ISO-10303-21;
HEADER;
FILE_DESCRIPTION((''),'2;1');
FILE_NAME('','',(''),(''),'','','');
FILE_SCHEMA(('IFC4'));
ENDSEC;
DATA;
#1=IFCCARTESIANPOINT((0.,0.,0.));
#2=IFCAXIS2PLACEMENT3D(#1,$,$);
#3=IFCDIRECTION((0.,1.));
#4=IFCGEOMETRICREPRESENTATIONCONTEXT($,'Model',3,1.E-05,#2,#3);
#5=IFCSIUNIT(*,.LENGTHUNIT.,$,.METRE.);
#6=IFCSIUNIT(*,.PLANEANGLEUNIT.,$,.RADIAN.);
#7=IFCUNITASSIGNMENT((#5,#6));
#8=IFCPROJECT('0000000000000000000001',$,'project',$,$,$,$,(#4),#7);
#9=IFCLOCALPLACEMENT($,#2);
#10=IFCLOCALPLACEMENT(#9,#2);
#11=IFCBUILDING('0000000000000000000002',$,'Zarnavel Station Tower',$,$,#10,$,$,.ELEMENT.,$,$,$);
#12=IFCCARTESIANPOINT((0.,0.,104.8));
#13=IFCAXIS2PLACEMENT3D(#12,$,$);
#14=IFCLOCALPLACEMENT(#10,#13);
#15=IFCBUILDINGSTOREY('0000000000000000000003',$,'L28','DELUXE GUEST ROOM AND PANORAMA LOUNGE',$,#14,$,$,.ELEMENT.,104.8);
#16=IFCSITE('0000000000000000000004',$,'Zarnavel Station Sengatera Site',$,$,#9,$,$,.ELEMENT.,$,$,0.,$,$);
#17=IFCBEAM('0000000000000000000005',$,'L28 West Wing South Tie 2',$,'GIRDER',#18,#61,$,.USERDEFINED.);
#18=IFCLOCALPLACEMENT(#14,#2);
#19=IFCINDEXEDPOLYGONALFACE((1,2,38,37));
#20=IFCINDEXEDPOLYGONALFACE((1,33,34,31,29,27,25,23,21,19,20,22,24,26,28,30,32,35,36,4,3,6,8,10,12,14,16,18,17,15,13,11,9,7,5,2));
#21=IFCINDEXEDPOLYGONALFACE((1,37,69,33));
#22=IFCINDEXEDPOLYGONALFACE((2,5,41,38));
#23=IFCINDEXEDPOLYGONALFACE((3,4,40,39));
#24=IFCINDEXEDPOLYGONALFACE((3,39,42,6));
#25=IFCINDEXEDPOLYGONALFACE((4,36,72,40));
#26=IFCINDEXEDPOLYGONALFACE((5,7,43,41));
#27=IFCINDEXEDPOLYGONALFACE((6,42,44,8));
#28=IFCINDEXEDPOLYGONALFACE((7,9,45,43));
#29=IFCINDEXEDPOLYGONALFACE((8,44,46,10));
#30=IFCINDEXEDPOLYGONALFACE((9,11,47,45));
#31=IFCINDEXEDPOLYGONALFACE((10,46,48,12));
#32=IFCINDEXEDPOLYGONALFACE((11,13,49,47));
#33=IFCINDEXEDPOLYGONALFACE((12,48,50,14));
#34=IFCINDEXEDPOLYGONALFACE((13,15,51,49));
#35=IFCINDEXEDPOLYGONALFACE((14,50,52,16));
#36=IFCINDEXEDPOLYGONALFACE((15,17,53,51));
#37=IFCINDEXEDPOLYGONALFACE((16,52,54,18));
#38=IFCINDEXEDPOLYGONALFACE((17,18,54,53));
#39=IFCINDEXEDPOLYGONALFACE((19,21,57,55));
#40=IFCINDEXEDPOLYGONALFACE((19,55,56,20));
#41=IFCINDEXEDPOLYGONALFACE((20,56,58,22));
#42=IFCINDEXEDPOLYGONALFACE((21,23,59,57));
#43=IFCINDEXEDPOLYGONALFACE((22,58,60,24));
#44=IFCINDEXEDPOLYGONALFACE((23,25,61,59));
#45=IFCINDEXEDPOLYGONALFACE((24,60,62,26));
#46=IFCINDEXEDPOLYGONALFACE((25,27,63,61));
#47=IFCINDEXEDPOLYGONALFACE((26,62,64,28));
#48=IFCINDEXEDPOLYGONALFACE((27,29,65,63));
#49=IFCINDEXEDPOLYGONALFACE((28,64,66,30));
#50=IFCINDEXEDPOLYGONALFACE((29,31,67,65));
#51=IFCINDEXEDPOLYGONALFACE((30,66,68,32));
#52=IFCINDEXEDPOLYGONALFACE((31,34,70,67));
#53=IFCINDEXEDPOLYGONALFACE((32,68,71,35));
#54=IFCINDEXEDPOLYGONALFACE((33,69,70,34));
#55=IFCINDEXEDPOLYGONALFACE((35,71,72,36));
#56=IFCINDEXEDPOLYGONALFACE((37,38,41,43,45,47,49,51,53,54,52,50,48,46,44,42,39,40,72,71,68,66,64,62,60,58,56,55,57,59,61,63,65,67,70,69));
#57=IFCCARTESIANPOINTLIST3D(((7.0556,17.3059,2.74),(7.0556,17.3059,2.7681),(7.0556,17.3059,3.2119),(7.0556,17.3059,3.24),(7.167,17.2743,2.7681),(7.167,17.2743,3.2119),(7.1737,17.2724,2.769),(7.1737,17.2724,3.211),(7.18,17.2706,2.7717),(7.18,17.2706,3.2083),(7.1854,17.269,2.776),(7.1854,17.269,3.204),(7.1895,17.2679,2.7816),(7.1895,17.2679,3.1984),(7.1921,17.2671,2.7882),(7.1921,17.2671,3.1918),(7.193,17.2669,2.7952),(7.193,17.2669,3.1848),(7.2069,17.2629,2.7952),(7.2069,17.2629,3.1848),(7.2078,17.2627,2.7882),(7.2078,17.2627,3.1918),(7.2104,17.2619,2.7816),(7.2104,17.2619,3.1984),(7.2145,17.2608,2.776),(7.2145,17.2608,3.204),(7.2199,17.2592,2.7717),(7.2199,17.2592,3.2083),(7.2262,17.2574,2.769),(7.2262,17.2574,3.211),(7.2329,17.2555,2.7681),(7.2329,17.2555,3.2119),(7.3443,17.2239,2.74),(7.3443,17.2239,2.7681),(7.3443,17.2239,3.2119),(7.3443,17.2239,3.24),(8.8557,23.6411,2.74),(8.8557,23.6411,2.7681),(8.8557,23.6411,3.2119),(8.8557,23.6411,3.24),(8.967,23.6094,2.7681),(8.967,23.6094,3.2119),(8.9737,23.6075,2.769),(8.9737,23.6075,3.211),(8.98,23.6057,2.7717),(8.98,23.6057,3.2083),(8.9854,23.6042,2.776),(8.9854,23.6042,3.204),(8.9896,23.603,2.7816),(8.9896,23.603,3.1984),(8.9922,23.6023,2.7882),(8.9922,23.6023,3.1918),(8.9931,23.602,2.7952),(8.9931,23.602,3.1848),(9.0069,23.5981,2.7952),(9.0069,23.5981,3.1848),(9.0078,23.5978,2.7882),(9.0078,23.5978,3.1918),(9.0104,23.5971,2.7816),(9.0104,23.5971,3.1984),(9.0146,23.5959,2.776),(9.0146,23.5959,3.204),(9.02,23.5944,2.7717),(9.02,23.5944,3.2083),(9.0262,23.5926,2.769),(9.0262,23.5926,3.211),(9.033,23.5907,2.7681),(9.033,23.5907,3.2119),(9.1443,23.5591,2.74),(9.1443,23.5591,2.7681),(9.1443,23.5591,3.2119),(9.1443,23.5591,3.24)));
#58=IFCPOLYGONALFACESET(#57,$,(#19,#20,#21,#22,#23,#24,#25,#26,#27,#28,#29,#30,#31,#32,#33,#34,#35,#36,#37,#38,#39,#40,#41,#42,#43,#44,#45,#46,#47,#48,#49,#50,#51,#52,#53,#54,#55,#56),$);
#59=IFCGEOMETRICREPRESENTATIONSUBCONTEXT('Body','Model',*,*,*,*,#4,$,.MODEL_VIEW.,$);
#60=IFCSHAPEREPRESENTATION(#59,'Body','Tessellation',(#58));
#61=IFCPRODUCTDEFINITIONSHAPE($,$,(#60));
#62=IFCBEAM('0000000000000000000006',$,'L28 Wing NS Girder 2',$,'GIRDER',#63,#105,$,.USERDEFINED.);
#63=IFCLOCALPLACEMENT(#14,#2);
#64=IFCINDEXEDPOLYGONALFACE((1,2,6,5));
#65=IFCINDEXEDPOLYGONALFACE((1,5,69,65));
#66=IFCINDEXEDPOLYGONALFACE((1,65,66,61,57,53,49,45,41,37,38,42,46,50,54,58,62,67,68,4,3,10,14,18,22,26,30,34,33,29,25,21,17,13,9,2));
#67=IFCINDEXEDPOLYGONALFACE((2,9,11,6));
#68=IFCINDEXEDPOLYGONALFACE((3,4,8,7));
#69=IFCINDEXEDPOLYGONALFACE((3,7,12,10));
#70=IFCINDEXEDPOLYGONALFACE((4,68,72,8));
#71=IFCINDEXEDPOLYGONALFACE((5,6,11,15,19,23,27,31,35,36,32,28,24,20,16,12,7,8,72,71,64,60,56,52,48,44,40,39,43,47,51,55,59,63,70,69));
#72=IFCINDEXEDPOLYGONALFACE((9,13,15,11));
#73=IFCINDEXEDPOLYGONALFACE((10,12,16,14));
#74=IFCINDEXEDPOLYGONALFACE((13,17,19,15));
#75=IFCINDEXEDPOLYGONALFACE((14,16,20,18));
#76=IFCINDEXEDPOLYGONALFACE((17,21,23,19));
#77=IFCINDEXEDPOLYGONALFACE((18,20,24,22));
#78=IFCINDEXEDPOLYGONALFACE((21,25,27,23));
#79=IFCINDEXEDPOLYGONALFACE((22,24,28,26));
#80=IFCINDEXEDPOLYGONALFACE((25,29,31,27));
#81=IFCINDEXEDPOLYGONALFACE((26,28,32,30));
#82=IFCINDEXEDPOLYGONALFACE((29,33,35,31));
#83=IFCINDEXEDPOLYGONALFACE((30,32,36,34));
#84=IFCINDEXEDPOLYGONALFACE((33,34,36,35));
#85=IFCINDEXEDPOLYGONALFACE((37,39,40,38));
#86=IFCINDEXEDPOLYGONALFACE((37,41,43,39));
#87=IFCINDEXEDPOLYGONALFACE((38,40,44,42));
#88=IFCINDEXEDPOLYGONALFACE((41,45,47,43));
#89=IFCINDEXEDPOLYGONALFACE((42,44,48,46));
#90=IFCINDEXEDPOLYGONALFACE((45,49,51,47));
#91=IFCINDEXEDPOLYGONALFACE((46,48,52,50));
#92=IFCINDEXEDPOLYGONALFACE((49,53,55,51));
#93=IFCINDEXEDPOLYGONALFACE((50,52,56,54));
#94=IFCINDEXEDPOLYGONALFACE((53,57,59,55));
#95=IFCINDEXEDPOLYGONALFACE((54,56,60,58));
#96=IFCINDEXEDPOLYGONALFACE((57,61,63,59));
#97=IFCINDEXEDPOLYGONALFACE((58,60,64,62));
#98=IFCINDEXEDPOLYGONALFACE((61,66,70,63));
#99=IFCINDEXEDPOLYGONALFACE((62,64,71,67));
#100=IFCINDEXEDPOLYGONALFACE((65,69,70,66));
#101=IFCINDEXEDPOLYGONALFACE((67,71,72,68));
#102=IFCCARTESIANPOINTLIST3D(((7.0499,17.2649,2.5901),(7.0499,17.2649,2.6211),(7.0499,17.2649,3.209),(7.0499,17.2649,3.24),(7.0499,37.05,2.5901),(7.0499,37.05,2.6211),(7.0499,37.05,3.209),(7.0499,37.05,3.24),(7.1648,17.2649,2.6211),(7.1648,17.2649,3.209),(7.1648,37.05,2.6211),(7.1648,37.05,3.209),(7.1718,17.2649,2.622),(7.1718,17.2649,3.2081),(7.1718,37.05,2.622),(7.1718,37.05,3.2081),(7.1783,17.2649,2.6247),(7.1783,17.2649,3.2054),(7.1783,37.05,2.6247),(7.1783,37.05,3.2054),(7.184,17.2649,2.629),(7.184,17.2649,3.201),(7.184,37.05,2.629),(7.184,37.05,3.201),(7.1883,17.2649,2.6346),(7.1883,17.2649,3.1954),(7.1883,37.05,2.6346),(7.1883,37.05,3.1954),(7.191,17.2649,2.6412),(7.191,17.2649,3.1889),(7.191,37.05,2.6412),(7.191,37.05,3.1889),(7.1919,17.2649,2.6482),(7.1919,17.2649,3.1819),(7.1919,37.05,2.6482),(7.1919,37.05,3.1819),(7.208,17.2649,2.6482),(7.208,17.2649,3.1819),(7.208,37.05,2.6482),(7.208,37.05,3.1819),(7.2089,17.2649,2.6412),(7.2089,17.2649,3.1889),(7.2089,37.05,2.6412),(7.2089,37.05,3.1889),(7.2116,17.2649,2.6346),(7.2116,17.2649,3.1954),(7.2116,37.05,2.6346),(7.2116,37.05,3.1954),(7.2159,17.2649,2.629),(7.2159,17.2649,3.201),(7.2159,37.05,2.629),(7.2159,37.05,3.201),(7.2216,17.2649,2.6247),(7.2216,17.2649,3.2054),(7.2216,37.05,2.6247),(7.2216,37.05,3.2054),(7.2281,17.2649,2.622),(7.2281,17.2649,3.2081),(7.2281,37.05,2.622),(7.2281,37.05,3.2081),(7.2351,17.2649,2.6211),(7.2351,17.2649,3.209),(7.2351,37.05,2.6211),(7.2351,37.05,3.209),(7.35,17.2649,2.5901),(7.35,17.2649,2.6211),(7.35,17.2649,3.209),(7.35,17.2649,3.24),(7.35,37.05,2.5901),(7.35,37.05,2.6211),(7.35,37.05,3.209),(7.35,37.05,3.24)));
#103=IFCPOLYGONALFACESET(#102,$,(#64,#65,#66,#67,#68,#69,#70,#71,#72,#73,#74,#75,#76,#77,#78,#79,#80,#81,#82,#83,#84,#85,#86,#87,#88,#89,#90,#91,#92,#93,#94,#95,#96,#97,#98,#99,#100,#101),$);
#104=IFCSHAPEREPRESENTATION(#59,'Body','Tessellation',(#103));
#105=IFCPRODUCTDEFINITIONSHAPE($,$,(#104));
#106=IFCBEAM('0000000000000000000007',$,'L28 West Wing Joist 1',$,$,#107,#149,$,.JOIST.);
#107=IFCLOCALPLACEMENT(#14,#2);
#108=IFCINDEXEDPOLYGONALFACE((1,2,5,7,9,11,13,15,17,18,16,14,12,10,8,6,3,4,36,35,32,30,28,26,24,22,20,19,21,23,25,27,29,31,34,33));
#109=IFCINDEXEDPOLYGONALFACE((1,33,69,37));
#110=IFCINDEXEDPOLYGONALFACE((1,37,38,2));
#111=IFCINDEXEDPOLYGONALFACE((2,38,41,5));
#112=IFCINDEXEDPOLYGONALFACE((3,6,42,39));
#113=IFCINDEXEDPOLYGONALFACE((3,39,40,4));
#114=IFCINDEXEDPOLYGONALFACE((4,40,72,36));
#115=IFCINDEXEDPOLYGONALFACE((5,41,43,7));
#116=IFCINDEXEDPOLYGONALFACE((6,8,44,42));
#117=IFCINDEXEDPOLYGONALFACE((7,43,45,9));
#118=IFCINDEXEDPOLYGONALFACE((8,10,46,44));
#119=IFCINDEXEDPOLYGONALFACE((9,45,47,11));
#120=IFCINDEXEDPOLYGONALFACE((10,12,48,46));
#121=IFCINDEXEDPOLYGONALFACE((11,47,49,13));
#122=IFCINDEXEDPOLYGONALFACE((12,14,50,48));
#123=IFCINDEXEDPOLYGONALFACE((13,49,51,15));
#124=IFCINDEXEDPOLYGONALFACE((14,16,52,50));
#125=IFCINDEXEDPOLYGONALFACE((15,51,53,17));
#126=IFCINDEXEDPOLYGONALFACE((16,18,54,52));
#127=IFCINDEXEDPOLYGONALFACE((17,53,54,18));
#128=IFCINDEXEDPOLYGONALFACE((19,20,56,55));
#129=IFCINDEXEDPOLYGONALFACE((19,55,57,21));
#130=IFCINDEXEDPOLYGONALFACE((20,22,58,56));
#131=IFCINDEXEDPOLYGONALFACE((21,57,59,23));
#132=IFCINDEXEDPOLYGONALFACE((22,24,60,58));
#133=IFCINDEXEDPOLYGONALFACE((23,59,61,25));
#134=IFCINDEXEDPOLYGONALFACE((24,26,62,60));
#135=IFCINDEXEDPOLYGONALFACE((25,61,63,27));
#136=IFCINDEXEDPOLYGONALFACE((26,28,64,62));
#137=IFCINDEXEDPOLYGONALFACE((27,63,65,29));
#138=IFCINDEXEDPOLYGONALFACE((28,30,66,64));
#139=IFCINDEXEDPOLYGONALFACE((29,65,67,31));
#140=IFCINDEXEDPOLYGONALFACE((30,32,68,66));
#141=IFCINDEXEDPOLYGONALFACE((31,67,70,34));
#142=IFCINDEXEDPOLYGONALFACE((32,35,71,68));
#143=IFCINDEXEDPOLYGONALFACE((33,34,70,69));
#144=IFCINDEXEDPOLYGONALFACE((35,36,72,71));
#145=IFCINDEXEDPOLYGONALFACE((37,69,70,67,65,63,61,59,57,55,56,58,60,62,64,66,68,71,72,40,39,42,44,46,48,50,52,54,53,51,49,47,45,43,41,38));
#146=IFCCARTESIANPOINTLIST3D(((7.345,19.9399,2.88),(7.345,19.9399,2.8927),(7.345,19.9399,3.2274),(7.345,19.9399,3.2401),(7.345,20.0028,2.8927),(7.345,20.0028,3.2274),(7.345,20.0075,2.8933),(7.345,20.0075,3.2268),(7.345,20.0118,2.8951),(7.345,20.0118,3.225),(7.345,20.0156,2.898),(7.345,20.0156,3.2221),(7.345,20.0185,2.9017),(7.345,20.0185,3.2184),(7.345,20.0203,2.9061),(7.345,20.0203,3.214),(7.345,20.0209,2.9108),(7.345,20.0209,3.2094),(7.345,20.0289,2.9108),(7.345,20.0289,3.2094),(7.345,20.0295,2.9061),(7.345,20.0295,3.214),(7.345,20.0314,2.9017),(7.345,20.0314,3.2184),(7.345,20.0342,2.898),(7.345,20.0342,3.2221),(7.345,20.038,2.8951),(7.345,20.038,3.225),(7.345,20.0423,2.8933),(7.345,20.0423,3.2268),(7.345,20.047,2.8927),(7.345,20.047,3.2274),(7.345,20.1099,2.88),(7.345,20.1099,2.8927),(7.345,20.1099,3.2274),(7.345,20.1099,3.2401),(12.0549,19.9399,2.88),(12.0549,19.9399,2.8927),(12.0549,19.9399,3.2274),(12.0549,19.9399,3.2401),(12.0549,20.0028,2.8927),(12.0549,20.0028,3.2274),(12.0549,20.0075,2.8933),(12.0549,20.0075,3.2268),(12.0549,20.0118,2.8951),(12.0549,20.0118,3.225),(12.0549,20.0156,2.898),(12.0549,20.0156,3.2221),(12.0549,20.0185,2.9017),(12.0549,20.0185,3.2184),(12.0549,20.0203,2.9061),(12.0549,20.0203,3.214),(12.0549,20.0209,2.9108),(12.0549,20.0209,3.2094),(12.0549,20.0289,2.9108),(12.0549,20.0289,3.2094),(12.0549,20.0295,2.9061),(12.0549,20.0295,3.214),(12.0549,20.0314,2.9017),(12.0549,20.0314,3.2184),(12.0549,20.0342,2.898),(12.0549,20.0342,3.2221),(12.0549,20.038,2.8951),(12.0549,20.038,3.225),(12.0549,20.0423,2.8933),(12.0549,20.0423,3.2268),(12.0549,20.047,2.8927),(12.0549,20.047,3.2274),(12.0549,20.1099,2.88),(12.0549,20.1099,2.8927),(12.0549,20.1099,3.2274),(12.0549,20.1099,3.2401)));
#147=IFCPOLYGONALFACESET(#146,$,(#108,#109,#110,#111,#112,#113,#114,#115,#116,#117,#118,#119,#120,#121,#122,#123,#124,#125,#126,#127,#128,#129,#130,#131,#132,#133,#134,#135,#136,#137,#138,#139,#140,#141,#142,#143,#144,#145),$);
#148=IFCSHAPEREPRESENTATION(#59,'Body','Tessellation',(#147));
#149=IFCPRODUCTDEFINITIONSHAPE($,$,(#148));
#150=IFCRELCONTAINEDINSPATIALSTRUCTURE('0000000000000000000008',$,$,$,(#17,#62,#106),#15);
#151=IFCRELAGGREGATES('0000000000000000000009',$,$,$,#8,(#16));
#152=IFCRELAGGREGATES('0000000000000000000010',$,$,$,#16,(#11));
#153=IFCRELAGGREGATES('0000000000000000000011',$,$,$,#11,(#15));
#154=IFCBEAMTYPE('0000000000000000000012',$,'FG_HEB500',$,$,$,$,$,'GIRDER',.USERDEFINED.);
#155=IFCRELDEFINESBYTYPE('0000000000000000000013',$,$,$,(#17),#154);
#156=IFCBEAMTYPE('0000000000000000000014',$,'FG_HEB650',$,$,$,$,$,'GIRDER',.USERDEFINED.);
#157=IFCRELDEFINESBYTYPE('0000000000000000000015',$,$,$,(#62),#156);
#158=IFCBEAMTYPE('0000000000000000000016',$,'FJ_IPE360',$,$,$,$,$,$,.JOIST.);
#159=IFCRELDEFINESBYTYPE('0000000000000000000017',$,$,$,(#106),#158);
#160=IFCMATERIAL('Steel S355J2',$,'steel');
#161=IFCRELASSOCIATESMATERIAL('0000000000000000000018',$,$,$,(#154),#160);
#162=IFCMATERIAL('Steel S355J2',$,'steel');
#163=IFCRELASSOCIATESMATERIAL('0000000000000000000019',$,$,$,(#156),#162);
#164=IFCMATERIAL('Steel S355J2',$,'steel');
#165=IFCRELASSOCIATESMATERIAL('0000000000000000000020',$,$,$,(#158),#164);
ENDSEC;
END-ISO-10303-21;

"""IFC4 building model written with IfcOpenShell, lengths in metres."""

from ifc_helpers import new_model, si_unit, direction, frame, origin, origin_2d, place, context, subcontext, project, spatial, i_section, extrude, material, material_profile, profile_set, type_object, element, save


model = new_model("IFC4")

# Units and contexts
model_context = context("Model", 3, precision=1e-05, world=origin(), true_north=direction((0.0, 1.0)))
body_context = subcontext(model_context, "Body", "Model", "MODEL_VIEW")
ifc_project = project(units=[si_unit("LENGTHUNIT", "METRE"), si_unit("PLANEANGLEUNIT", "RADIAN")], contexts=[model_context])

# Site, building, storey
site_placement = place(None, origin())
site = spatial("IfcSite", under=ifc_project, at=site_placement, Name="Zarnavel Station Sengatera Site", CompositionType="ELEMENT", RefElevation=0.0)
building_placement = place(site_placement, origin())
building = spatial("IfcBuilding", under=site, at=building_placement, Name="Zarnavel Station Tower", CompositionType="ELEMENT")
storey_placement = place(building_placement, frame((0.0, 0.0, 104.8)))
storey = spatial("IfcBuildingStorey", under=building, at=storey_placement, Name="L28", Description="DELUXE GUEST ROOM AND PANORAMA LOUNGE", CompositionType="ELEMENT", Elevation=104.8)

# Beams
ifc_material_1 = material(Name="Steel S355J2", Category="steel")
ifc_material_profile_1 = material_profile(ifc_material_1, i_section(OverallWidth=0.3, OverallDepth=0.5, WebThickness=0.0144, FlangeThickness=0.0281, FilletRadius=0.0271, at=origin_2d()), Name="HEB500")
ifc_profile_set_1 = profile_set([ifc_material_profile_1], Name="Steel S355J2")
beam_type_1 = type_object("IfcBeamType", Name="FG_HEB500", ElementType="GIRDER", PredefinedType="USERDEFINED", material=ifc_profile_set_1)
beam_1_placement = place(storey_placement, frame((7.2, 17.2649, 2.99), z_axis=(0.273316, 0.961924, 0.0), x_axis=(-0.961924, 0.273316, 0.0)))
element("IfcBeam", 1, at=beam_1_placement, inside=storey, type_object=beam_type_1, Name="L28 West Wing South Tie 2", ObjectType="GIRDER", PredefinedType="USERDEFINED", context=body_context, shape_type="SweptSolid", body=[
    extrude(i_section(OverallWidth=0.3, OverallDepth=0.5, WebThickness=0.0144, FlangeThickness=0.0281, FilletRadius=0.0271, at=origin_2d()), origin(), (0.0, 0.0, 1.0), 6.5859),
])
ifc_material_2 = material(Name="Steel S355J2", Category="steel")
ifc_material_profile_2 = material_profile(ifc_material_2, i_section(OverallWidth=0.3, OverallDepth=0.6499, WebThickness=0.0161, FlangeThickness=0.031, FilletRadius=0.0271, at=origin_2d()), Name="HEB650")
ifc_profile_set_2 = profile_set([ifc_material_profile_2], Name="Steel S355J2")
beam_type_2 = type_object("IfcBeamType", Name="FG_HEB650", ElementType="GIRDER", PredefinedType="USERDEFINED", material=ifc_profile_set_2)
beam_2_placement = place(storey_placement, frame((7.2, 17.2649, 2.915), z_axis=(0.0, 1.0, 0.0), x_axis=(-1.0, 0.0, 0.0)))
element("IfcBeam", 2, at=beam_2_placement, inside=storey, type_object=beam_type_2, Name="L28 Wing NS Girder 2", ObjectType="GIRDER", PredefinedType="USERDEFINED", context=body_context, shape_type="SweptSolid", body=[
    extrude(i_section(OverallWidth=0.3, OverallDepth=0.6499, WebThickness=0.0161, FlangeThickness=0.031, FilletRadius=0.0271, at=origin_2d()), origin(), (0.0, 0.0, 1.0), 19.7852),
])
ifc_material_3 = material(Name="Steel S355J2", Category="steel")
ifc_material_profile_3 = material_profile(ifc_material_3, i_section(OverallWidth=0.1699, OverallDepth=0.3601, WebThickness=0.0081, FlangeThickness=0.0127, FilletRadius=0.0181, at=origin_2d()), Name="IPE360")
ifc_profile_set_3 = profile_set([ifc_material_profile_3], Name="Steel S355J2")
beam_type_3 = type_object("IfcBeamType", Name="FJ_IPE360", PredefinedType="JOIST", material=ifc_profile_set_3)
beam_3_placement = place(storey_placement, frame((7.345, 20.0249, 3.0601), z_axis=(1.0, 0.0, 0.0), x_axis=(0.0, 1.0, 0.0)))
element("IfcBeam", 3, at=beam_3_placement, inside=storey, type_object=beam_type_3, Name="L28 West Wing Joist 1", PredefinedType="JOIST", context=body_context, shape_type="SweptSolid", body=[
    extrude(i_section(OverallWidth=0.1699, OverallDepth=0.3601, WebThickness=0.0081, FlangeThickness=0.0127, FilletRadius=0.0181, at=origin_2d()), origin(), (0.0, 0.0, 1.0), 4.71),
])

save(model, "model.ifc")
